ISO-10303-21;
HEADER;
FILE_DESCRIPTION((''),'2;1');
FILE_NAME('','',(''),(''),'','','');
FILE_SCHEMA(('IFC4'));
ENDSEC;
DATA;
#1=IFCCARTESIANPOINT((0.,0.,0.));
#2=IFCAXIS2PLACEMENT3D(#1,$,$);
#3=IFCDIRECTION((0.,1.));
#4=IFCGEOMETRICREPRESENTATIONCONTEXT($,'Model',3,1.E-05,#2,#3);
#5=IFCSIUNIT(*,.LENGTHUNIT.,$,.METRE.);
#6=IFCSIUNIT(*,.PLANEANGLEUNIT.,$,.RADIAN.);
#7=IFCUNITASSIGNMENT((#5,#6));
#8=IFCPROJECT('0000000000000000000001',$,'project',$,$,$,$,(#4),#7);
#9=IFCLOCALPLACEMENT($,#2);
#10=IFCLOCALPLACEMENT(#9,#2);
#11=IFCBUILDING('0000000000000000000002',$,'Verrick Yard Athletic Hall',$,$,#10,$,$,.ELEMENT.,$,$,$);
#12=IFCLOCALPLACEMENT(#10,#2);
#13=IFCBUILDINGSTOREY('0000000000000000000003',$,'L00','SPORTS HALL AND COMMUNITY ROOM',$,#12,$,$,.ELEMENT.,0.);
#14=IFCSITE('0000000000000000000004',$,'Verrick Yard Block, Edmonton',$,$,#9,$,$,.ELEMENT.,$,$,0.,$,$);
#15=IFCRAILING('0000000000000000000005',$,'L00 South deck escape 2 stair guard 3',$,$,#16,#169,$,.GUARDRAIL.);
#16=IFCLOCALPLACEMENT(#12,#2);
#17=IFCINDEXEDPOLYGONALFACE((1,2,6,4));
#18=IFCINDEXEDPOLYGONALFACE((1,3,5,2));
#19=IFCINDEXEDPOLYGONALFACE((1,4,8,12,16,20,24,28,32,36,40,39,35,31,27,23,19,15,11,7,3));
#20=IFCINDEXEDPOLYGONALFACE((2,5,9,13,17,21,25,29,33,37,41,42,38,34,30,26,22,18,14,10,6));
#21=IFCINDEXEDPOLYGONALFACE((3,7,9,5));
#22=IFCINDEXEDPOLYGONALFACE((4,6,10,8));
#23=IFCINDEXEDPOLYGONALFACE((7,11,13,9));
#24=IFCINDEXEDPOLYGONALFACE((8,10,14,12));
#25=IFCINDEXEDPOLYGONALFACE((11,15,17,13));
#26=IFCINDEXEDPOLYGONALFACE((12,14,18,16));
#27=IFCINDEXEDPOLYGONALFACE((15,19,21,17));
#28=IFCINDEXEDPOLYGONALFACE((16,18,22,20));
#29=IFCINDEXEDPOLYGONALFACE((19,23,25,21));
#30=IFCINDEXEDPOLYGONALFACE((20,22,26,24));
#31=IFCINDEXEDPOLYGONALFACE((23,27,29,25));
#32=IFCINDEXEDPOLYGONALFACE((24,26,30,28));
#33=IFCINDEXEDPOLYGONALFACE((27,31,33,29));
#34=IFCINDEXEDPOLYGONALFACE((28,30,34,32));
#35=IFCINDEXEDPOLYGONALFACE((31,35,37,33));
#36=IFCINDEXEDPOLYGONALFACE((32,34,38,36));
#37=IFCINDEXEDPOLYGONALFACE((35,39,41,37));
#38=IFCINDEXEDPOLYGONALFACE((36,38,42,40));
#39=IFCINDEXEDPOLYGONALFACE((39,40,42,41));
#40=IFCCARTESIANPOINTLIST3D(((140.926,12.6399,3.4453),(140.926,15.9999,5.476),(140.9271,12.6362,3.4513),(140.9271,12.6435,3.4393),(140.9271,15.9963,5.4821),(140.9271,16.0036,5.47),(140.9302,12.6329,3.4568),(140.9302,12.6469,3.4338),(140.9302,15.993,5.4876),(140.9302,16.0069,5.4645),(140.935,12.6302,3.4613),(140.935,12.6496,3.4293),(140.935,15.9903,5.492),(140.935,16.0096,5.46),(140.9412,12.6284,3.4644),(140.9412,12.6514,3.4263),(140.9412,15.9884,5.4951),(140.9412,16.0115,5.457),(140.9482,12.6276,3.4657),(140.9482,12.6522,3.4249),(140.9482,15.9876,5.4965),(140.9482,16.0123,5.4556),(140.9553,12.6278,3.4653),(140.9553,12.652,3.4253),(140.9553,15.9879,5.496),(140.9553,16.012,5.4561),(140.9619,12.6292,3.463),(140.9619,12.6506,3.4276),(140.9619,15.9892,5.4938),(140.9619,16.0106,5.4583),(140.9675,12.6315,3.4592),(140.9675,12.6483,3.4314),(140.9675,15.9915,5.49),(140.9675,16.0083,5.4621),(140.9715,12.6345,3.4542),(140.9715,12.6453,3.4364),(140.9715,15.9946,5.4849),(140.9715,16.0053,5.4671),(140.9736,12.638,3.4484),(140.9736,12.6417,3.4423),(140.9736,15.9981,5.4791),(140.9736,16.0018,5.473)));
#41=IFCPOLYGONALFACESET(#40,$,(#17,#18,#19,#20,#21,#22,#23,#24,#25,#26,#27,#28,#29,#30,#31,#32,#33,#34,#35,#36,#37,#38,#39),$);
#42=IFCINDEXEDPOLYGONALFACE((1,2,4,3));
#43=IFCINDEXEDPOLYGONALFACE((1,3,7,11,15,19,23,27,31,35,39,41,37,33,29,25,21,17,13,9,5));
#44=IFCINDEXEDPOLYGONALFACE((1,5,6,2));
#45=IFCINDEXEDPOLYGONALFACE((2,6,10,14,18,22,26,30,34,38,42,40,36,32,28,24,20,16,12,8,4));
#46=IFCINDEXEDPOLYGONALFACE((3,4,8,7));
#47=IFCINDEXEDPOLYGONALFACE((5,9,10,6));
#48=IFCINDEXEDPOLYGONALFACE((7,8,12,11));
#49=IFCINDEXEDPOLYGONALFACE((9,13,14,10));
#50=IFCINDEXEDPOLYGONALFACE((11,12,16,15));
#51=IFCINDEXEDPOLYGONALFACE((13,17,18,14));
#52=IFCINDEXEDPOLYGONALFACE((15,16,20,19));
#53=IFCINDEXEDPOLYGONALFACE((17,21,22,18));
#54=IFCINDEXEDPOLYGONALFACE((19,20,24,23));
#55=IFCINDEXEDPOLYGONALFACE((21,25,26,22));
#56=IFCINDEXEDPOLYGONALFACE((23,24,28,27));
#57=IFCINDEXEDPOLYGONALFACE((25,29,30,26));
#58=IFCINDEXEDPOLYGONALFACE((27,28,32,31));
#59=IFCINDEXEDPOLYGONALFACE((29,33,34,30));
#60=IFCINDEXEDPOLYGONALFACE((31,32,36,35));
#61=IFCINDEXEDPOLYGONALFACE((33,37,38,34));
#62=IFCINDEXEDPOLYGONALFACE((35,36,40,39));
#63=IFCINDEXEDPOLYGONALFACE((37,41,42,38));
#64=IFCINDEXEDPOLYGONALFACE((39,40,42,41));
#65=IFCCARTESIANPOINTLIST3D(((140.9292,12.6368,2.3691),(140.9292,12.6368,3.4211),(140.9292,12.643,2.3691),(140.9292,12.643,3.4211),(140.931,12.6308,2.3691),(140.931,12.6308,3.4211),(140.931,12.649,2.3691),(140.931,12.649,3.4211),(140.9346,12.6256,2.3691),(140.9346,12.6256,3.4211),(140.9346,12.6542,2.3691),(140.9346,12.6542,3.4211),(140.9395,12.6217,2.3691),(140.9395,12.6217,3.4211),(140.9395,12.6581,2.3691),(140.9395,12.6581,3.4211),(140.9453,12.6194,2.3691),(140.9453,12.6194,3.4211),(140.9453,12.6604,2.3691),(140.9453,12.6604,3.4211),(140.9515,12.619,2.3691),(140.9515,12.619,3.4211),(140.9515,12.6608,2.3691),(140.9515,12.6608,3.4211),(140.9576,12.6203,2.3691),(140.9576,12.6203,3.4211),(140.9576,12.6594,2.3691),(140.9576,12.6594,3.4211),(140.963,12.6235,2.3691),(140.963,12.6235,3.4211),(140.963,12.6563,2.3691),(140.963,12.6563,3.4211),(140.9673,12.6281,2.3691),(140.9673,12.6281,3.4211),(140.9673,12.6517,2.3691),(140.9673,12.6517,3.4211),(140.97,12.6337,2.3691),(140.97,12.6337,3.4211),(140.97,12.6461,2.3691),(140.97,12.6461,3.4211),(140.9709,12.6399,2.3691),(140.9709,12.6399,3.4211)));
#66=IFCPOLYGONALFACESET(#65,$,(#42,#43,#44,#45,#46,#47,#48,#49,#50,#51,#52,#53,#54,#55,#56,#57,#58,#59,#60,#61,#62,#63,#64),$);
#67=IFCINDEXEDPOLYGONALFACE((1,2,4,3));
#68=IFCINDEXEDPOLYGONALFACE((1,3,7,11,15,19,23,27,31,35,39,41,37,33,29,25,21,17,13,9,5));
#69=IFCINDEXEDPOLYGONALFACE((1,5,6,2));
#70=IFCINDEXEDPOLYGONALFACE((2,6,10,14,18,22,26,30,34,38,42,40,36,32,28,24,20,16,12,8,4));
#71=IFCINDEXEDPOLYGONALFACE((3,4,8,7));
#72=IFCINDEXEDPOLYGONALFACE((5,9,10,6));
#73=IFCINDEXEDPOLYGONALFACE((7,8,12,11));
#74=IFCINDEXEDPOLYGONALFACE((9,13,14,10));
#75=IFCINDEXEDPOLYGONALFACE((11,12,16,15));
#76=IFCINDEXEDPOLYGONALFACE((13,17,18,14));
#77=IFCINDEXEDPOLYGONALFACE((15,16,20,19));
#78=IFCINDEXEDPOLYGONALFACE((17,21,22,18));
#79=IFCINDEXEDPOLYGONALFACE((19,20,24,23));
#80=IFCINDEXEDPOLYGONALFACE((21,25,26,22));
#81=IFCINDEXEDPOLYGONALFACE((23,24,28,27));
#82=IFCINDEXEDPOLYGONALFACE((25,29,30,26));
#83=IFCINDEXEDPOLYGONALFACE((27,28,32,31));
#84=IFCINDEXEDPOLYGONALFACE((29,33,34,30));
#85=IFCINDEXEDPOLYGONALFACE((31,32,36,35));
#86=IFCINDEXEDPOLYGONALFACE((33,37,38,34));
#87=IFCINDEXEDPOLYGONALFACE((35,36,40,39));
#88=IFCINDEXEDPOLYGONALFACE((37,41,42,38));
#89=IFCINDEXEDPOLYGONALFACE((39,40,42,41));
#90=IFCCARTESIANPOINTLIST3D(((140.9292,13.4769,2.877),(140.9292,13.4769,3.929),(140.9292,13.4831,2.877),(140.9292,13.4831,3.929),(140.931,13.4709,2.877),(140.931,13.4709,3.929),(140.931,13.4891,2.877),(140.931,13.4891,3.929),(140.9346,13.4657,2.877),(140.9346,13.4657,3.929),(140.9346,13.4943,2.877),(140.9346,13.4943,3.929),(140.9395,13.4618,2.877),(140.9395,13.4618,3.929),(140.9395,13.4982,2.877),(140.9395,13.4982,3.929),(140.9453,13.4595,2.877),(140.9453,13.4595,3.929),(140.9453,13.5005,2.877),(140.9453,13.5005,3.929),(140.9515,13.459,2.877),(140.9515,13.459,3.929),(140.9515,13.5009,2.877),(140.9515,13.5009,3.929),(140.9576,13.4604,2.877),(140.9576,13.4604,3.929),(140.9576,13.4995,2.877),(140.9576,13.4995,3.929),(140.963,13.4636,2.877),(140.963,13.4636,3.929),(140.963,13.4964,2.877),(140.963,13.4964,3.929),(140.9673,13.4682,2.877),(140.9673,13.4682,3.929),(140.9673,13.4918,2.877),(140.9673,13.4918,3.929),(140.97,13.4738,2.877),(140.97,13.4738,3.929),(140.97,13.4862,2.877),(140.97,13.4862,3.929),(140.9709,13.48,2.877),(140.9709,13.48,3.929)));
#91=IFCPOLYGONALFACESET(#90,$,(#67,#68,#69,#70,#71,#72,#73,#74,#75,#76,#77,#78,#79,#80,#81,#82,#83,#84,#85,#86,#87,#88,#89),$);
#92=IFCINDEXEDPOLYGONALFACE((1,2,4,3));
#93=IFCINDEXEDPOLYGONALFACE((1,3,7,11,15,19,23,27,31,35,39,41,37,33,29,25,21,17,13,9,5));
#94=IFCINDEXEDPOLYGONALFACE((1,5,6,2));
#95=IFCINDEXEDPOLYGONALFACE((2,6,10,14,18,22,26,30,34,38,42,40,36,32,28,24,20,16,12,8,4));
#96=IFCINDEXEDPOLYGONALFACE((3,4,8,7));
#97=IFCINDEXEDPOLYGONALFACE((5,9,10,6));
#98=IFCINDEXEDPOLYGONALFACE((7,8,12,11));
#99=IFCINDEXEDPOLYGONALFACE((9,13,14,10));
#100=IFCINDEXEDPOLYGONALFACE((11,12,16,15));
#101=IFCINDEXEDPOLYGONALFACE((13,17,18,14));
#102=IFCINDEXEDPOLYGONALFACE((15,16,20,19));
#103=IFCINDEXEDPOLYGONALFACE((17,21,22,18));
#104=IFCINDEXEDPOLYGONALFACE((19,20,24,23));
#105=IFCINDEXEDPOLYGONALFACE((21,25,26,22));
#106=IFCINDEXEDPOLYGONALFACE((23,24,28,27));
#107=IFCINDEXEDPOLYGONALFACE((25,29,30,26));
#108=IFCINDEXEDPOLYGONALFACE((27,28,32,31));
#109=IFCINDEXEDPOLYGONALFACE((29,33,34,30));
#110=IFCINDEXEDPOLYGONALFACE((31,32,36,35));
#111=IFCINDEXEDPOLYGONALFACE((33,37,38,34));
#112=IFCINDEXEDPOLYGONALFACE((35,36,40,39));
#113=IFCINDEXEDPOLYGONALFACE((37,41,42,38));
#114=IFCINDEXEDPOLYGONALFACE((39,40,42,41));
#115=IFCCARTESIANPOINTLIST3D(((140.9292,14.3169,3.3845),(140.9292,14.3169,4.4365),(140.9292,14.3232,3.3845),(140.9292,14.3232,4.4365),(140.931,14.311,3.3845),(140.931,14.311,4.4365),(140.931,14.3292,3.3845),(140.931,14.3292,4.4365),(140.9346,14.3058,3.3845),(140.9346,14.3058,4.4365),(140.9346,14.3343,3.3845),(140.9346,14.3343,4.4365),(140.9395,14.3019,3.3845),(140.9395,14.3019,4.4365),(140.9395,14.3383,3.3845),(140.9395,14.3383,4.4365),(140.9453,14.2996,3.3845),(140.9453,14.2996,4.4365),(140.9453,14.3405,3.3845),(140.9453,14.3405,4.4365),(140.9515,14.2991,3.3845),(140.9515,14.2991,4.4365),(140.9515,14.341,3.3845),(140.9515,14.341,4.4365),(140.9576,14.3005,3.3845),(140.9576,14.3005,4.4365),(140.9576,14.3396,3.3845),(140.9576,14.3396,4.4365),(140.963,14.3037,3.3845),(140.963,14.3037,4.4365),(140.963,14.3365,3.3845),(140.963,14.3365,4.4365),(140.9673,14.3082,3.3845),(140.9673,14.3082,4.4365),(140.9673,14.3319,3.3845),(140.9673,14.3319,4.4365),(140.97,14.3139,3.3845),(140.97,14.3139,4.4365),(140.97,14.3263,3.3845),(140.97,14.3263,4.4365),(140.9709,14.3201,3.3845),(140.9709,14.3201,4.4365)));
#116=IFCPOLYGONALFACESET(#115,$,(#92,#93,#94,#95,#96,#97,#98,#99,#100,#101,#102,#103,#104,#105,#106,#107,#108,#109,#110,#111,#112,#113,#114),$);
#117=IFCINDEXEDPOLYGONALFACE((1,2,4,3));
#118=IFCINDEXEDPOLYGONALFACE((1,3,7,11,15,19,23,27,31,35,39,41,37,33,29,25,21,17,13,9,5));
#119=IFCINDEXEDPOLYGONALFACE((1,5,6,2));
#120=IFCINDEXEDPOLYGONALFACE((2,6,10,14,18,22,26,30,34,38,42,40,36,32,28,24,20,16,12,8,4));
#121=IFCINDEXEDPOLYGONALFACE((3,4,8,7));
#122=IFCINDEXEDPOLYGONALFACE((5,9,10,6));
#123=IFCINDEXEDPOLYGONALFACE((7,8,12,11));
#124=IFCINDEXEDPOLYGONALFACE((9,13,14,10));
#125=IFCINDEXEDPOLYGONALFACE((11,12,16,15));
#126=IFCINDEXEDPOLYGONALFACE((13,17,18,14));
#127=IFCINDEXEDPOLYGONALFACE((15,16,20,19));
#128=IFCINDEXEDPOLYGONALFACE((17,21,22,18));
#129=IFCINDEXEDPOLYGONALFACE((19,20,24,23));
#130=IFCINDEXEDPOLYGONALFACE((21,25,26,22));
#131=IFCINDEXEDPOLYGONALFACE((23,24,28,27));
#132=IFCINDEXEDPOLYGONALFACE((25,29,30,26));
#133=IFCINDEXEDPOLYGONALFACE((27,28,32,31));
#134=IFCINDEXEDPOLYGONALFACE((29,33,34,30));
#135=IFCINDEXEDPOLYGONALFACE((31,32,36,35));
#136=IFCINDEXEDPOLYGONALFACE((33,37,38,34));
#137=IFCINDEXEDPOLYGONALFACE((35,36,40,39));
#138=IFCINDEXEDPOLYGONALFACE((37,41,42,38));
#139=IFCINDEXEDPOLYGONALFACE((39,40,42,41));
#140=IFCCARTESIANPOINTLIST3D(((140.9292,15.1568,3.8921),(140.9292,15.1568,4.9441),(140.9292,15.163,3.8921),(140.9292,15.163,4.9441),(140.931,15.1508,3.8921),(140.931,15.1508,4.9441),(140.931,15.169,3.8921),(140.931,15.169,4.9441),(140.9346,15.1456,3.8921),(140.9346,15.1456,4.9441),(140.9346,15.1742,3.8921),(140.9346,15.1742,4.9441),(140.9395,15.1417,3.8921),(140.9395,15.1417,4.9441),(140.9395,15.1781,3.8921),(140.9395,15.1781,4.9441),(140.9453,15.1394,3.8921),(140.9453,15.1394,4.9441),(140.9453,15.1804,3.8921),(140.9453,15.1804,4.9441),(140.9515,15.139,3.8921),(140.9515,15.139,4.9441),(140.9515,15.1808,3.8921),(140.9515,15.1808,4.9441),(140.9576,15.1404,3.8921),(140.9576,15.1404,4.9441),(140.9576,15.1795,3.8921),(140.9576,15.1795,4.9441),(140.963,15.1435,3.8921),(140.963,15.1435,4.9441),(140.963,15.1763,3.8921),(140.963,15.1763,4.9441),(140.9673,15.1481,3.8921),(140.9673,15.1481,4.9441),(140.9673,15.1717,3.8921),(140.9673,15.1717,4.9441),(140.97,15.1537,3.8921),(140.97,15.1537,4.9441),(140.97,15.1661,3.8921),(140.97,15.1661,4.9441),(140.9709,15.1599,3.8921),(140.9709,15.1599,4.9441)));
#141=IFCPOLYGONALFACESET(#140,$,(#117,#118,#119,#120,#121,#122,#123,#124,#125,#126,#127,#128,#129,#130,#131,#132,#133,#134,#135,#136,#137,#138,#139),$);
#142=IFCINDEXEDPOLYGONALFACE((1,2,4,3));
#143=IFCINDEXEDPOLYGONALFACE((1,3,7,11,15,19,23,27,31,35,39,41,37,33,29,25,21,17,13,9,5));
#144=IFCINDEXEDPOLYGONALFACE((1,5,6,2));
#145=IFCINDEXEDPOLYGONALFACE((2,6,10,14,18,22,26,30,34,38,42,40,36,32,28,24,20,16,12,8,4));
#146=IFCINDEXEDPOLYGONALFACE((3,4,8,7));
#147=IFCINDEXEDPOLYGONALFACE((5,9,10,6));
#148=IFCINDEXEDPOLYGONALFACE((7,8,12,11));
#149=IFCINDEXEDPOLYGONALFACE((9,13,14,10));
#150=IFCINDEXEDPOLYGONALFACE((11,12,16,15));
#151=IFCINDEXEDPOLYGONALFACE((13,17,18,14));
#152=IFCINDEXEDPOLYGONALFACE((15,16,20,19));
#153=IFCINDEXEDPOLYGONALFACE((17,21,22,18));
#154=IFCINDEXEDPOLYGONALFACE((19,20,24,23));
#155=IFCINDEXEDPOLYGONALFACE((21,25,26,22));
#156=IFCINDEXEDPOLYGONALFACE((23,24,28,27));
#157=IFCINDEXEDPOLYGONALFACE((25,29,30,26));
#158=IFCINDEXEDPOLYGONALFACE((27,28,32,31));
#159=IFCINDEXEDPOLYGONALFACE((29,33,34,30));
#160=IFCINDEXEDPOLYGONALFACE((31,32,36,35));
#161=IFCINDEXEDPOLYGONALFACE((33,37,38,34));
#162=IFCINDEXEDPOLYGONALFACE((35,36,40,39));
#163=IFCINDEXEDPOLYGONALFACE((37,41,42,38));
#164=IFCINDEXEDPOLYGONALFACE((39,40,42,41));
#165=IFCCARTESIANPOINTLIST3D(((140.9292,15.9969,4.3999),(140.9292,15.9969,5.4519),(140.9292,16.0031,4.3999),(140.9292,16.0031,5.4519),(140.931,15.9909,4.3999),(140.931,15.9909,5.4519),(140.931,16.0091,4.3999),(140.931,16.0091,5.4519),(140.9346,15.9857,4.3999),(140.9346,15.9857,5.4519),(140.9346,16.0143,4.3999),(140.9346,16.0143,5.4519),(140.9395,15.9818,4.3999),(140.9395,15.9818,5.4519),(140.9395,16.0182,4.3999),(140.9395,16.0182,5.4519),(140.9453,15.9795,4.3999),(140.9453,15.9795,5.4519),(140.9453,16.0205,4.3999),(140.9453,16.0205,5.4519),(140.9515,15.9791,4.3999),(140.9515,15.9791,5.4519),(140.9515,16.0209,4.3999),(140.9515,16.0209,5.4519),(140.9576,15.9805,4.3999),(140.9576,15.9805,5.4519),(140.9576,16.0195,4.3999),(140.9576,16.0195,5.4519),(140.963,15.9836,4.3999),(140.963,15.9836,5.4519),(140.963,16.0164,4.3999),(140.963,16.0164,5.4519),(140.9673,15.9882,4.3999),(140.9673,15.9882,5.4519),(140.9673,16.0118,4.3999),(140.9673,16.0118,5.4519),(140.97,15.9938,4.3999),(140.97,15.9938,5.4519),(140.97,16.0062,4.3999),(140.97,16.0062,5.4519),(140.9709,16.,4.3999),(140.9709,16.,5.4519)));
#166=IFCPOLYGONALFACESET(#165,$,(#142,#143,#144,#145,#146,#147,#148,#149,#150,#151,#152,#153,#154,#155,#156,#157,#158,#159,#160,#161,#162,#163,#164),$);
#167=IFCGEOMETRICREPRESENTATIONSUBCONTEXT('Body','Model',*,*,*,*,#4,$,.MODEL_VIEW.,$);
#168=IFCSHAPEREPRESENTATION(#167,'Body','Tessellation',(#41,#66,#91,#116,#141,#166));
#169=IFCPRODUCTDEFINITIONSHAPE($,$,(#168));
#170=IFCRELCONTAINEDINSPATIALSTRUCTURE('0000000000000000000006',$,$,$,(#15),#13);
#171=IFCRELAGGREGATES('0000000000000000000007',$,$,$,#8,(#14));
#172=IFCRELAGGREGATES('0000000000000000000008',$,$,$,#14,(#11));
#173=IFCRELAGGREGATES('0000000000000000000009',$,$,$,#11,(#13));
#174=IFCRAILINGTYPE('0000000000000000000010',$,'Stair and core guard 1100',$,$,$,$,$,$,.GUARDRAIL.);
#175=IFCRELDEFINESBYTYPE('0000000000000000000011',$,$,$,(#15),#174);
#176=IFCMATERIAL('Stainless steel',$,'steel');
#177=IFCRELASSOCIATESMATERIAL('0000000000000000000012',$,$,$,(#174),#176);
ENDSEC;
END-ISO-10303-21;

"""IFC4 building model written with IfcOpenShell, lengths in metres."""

from ifc_helpers import new_model, si_unit, direction, frame, origin, origin_2d, place, context, subcontext, project, spatial, circle, extrude, material, type_object, element, save


model = new_model("IFC4")

# Units and contexts
model_context = context("Model", 3, precision=1e-05, world=origin(), true_north=direction((0.0, 1.0)))
body_context = subcontext(model_context, "Body", "Model", "MODEL_VIEW")
ifc_project = project(units=[si_unit("LENGTHUNIT", "METRE"), si_unit("PLANEANGLEUNIT", "RADIAN")], contexts=[model_context])

# Site, building, storey
site_placement = place(None, origin())
site = spatial("IfcSite", under=ifc_project, at=site_placement, Name="Verrick Yard Block, Edmonton", CompositionType="ELEMENT", RefElevation=0.0)
building_placement = place(site_placement, origin())
building = spatial("IfcBuilding", under=site, at=building_placement, Name="Verrick Yard Athletic Hall", CompositionType="ELEMENT")
storey_placement = place(building_placement, origin())
storey = spatial("IfcBuildingStorey", under=building, at=storey_placement, Name="L00", Description="SPORTS HALL AND COMMUNITY ROOM", CompositionType="ELEMENT", Elevation=0.0)

# Railing
ifc_material_1 = material(Name="Stainless steel", Category="steel")
railing_type_1 = type_object("IfcRailingType", Name="Stair and core guard 1100", PredefinedType="GUARDRAIL", material=ifc_material_1)
railing_1_placement = place(storey_placement, frame((140.95, 12.6399, 2.3691)))
element("IfcRailing", 1, at=railing_1_placement, inside=storey, type_object=railing_type_1, Name="L00 South deck escape 2 stair guard 3", PredefinedType="GUARDRAIL", context=body_context, shape_type="SweptSolid", body=[
    extrude(circle(Radius=0.0239, at=origin_2d()), frame((0.0, 0.0, 1.0762), z_axis=(0.0, 0.855837, 0.517246), x_axis=(-1.0, 0.0, 0.0)), (0.0, 0.0, 1.0), 3.926),
    extrude(circle(Radius=0.021, at=origin_2d()), origin(), (0.0, 0.0, 1.0), 1.052),
    extrude(circle(Radius=0.021, at=origin_2d()), frame((0.0, 0.8401, 0.5078)), (0.0, 0.0, 1.0), 1.052),
    extrude(circle(Radius=0.021, at=origin_2d()), frame((0.0, 1.6802, 1.0154)), (0.0, 0.0, 1.0), 1.052),
    extrude(circle(Radius=0.021, at=origin_2d()), frame((0.0, 2.52, 1.5229)), (0.0, 0.0, 1.0), 1.052),
    extrude(circle(Radius=0.021, at=origin_2d()), frame((0.0, 3.3601, 2.0308)), (0.0, 0.0, 1.0), 1.052),
])

save(model, "model.ifc")
